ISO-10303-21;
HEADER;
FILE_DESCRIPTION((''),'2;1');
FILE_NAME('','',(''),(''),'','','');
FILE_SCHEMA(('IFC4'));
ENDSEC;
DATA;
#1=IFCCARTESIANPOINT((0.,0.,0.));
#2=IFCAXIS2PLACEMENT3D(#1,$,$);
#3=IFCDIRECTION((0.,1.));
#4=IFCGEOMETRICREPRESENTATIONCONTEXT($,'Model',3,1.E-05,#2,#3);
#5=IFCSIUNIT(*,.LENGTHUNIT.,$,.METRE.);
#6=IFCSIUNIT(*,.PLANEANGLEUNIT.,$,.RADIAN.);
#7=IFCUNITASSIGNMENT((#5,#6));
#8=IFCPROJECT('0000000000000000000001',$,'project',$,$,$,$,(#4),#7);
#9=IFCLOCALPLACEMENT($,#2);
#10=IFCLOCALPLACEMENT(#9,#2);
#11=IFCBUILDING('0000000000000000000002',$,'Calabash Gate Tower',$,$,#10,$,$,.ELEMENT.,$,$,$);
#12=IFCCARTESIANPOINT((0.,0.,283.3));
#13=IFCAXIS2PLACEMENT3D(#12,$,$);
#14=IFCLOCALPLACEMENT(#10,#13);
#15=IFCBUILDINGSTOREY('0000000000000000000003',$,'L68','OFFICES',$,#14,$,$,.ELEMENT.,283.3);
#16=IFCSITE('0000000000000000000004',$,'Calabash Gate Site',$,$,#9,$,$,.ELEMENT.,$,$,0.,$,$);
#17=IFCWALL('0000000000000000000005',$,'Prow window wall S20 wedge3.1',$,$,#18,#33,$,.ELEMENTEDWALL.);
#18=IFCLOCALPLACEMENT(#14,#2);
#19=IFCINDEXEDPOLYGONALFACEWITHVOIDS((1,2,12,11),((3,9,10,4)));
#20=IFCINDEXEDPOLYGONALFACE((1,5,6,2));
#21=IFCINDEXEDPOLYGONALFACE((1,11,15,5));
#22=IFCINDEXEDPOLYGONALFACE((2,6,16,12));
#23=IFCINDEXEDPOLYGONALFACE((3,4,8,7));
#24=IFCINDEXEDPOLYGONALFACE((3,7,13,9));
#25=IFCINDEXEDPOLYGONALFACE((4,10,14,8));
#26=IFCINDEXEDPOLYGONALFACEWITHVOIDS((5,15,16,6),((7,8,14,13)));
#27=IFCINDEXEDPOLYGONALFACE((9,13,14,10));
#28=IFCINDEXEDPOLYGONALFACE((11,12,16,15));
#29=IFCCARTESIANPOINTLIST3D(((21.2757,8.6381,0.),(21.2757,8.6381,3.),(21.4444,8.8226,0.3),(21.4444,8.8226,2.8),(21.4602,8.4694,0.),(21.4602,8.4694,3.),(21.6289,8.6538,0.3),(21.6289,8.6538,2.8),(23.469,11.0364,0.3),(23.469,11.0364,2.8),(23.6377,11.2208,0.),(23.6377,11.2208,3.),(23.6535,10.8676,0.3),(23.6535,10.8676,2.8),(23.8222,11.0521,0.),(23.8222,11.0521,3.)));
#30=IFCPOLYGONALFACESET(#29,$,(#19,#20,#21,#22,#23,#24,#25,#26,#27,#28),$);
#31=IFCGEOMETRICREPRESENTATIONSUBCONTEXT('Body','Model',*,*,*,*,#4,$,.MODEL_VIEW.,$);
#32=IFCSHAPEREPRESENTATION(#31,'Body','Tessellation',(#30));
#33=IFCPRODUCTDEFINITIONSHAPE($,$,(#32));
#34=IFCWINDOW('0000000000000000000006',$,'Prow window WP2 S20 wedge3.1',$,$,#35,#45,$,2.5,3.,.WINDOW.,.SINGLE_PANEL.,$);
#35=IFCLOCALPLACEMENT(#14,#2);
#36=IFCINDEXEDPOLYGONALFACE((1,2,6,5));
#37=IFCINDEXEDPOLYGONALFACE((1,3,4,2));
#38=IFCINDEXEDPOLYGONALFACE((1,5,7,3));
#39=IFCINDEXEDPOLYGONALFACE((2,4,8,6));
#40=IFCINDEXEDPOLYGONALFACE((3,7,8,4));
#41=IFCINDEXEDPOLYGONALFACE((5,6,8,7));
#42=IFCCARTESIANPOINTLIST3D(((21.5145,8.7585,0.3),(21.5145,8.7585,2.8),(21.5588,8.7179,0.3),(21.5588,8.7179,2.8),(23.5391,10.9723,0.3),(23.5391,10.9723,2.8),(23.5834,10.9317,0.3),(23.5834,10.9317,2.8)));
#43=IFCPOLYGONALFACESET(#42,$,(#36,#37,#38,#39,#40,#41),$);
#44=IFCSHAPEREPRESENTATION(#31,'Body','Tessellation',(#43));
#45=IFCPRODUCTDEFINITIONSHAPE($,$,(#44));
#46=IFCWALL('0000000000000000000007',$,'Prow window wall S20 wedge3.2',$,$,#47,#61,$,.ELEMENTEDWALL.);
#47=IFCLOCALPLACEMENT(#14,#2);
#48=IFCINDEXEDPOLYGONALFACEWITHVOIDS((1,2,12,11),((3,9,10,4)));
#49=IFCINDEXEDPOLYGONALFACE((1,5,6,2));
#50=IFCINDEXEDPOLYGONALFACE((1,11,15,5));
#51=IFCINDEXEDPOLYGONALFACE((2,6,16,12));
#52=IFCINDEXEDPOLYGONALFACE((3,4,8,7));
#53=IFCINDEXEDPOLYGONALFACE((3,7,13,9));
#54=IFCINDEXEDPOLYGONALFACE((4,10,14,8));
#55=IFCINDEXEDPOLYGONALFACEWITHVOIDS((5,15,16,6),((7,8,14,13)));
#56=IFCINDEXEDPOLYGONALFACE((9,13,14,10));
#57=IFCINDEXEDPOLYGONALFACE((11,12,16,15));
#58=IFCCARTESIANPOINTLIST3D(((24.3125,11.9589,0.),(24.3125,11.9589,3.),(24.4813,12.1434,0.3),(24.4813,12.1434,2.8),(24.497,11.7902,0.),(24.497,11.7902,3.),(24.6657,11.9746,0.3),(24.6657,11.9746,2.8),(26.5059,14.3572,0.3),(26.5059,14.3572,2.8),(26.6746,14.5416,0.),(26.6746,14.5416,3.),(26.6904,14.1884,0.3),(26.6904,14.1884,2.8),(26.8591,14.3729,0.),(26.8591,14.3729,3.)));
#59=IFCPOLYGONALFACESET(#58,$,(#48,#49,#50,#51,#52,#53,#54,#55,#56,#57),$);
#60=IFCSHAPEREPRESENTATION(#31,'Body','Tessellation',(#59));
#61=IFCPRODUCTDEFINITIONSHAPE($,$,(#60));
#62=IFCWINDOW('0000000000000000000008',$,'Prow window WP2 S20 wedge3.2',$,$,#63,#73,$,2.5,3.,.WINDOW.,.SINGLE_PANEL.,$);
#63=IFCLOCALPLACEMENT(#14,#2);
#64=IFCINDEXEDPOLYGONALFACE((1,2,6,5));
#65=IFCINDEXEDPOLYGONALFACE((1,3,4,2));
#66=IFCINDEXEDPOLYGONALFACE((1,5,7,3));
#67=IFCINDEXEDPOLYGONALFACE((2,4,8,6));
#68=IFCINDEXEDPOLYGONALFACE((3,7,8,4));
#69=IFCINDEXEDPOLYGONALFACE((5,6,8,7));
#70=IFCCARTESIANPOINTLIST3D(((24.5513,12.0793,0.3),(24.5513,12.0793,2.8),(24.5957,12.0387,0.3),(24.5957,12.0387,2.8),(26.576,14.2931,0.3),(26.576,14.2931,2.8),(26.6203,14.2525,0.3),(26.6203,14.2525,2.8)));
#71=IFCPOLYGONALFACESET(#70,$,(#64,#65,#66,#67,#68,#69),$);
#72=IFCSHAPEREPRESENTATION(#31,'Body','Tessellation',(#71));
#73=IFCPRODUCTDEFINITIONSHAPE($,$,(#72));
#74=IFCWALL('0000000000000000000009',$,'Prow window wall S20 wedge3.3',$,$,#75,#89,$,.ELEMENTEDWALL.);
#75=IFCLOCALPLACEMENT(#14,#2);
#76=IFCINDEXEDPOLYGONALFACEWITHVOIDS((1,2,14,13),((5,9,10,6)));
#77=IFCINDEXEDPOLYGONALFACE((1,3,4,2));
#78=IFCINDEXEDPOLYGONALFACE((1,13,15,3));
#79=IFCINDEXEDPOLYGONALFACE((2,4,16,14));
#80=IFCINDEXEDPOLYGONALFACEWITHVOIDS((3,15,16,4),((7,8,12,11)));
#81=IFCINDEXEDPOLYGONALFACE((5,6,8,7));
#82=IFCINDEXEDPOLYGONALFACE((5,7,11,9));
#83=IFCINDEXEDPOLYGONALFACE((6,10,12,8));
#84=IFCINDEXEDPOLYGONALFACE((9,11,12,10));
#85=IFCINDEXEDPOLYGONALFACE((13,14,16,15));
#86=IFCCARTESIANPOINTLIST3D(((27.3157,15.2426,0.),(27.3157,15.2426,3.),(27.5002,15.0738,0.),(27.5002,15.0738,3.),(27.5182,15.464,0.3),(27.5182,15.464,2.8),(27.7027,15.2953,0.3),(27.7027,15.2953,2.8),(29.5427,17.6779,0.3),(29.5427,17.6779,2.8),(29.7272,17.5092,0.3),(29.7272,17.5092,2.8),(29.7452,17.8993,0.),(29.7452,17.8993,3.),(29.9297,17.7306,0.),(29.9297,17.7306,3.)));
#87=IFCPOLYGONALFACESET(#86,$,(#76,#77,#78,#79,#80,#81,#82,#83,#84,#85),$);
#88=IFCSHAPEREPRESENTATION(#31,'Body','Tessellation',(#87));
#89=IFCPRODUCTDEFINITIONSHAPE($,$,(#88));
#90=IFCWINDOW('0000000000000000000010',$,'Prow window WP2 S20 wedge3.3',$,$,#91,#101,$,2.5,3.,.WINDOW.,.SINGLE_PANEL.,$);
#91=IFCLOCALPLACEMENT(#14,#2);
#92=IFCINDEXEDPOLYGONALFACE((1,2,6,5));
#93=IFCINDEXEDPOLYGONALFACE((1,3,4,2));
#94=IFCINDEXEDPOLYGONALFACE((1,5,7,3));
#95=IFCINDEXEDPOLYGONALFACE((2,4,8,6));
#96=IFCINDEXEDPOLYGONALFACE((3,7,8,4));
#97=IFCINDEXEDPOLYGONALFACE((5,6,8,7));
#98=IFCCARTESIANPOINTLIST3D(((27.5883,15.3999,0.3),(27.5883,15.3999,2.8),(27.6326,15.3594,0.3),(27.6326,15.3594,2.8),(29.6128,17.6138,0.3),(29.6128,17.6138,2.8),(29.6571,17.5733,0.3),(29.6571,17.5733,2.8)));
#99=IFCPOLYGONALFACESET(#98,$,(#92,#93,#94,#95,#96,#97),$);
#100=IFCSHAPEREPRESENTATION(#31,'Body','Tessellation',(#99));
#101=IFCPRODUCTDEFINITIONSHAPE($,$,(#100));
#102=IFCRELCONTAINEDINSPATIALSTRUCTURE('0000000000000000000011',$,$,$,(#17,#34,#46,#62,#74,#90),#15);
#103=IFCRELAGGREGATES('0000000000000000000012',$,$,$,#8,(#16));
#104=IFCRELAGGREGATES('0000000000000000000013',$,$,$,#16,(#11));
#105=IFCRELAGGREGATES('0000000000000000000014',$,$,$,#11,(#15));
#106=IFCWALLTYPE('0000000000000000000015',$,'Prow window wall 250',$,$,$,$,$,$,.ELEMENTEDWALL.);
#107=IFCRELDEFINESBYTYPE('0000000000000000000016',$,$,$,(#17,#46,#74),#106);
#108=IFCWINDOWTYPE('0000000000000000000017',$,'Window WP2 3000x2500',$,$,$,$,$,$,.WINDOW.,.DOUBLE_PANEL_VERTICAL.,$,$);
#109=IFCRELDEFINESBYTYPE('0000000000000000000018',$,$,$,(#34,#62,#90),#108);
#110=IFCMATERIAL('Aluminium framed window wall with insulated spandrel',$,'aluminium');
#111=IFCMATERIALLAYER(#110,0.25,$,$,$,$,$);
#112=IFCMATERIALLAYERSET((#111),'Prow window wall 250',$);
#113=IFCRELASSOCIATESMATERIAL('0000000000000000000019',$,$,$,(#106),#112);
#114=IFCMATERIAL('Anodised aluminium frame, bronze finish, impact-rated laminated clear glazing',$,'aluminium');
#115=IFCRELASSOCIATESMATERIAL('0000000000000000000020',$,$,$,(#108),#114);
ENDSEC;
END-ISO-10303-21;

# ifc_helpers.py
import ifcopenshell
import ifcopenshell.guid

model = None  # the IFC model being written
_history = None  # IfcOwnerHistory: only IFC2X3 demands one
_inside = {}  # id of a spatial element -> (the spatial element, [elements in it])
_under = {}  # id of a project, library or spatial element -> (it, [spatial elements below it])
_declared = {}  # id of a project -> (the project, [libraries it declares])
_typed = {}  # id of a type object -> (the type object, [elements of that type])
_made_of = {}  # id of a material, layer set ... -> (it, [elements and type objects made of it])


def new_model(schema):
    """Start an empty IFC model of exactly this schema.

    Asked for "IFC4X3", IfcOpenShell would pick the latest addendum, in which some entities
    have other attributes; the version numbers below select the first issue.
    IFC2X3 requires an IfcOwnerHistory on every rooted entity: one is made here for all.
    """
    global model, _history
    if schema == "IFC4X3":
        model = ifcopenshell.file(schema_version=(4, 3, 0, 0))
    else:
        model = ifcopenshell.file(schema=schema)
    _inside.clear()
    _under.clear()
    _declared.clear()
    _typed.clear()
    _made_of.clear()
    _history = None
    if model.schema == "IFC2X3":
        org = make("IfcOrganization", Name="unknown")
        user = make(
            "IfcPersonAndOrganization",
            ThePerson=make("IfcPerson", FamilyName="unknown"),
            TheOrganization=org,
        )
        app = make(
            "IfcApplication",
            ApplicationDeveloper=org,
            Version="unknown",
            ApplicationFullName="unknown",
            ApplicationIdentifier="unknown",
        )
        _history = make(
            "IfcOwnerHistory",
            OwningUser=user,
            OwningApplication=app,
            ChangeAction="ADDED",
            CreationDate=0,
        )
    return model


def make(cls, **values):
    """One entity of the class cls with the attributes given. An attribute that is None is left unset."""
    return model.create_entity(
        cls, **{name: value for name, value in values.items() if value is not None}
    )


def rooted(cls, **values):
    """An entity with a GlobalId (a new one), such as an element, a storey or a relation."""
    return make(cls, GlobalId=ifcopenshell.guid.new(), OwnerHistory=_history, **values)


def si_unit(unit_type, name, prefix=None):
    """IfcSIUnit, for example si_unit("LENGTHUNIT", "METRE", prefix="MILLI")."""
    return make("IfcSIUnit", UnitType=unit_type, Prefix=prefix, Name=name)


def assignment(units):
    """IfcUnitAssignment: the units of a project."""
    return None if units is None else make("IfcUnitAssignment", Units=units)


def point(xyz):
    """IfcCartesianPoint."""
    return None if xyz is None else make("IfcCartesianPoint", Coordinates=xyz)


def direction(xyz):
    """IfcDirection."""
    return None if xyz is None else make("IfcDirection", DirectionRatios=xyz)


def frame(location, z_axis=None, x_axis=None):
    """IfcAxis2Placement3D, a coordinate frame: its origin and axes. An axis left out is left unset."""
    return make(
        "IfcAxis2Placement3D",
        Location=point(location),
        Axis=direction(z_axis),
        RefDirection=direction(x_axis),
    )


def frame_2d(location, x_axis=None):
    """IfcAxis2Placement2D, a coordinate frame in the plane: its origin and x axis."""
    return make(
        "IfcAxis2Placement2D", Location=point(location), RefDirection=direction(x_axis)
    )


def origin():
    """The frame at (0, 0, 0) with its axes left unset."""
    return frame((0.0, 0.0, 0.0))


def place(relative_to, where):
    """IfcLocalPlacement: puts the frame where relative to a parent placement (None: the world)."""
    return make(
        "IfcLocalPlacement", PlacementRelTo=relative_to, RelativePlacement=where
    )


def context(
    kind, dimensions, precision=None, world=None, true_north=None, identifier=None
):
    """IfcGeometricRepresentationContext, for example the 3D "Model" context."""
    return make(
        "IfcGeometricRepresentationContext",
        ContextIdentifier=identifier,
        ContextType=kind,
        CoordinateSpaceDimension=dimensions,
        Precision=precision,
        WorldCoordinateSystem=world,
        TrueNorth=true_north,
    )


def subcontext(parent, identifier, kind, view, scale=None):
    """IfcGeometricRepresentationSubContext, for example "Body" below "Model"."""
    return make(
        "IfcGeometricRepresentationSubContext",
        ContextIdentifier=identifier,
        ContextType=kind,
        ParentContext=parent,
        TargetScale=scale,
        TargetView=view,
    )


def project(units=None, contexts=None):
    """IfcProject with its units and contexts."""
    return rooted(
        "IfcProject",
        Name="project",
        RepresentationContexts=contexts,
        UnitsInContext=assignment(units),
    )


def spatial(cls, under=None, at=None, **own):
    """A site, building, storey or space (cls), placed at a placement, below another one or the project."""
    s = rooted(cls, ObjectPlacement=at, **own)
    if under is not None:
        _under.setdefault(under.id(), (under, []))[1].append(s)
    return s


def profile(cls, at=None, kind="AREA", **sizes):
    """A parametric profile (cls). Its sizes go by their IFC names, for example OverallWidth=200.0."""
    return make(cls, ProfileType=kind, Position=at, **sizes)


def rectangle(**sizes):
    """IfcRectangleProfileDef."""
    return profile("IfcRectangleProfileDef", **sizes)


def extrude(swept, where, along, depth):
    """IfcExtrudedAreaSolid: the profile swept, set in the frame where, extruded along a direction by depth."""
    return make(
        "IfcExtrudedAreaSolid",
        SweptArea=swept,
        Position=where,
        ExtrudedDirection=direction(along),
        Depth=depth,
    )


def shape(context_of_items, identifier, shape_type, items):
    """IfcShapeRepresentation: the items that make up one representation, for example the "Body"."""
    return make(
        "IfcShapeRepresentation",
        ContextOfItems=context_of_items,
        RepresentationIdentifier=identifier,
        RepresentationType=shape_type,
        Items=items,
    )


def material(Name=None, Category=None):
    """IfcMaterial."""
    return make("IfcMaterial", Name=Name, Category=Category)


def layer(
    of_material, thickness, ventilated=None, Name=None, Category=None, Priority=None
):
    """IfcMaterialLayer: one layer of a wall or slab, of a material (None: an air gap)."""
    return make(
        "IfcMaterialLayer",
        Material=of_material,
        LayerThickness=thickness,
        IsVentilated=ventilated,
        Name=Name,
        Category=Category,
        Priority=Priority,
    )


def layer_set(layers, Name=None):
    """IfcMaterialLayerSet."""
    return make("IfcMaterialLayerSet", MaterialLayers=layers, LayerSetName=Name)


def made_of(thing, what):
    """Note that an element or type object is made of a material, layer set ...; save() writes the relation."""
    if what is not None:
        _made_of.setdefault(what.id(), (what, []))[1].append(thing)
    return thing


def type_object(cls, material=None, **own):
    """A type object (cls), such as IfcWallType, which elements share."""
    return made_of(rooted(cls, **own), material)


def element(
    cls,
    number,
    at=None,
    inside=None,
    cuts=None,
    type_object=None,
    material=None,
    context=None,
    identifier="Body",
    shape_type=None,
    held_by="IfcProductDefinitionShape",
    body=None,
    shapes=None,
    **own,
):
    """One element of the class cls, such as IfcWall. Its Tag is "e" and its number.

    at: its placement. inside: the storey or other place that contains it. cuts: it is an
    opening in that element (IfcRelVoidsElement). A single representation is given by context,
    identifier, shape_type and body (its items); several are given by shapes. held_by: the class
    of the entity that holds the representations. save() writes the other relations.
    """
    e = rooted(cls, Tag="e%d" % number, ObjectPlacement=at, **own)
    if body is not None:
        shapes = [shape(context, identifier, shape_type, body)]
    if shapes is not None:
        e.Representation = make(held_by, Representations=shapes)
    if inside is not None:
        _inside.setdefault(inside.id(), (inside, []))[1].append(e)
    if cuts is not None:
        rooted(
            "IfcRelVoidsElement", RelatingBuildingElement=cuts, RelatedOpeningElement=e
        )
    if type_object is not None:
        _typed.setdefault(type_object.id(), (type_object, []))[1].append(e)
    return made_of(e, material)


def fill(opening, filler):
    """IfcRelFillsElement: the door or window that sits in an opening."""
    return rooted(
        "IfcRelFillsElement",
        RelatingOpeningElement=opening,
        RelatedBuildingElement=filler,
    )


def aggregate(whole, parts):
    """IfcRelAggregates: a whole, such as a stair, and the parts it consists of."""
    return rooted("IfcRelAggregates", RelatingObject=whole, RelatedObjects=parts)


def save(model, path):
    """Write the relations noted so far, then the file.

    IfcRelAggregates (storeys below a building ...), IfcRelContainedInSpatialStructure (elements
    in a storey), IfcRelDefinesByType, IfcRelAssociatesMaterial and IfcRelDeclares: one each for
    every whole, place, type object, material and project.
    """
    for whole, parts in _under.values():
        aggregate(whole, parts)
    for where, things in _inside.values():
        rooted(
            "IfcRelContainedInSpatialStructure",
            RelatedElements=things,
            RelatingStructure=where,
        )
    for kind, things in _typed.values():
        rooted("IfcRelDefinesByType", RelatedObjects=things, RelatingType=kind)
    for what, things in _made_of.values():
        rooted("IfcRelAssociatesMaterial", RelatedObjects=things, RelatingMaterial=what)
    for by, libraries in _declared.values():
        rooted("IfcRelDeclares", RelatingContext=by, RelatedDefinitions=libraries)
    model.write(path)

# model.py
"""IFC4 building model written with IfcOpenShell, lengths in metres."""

from ifc_helpers import new_model, si_unit, direction, frame, frame_2d, origin, place, context, subcontext, project, spatial, rectangle, extrude, material, layer, layer_set, type_object, element, fill, save


model = new_model("IFC4")

# Units and contexts
model_context = context("Model", 3, precision=1e-05, world=origin(), true_north=direction((0.0, 1.0)))
body_context = subcontext(model_context, "Body", "Model", "MODEL_VIEW")
ifc_project = project(units=[si_unit("LENGTHUNIT", "METRE"), si_unit("PLANEANGLEUNIT", "RADIAN")], contexts=[model_context])

# Site, building, storey
site_placement = place(None, origin())
site = spatial("IfcSite", under=ifc_project, at=site_placement, Name="Calabash Gate Site", CompositionType="ELEMENT", RefElevation=0.0)
building_placement = place(site_placement, origin())
building = spatial("IfcBuilding", under=site, at=building_placement, Name="Calabash Gate Tower", CompositionType="ELEMENT")
storey_placement = place(building_placement, frame((0.0, 0.0, 283.3)))
storey = spatial("IfcBuildingStorey", under=building, at=storey_placement, Name="L68", Description="OFFICES", CompositionType="ELEMENT", Elevation=283.3)

# Walls, openings, windows
ifc_material_1 = material(Name="Aluminium framed window wall with insulated spandrel", Category="aluminium")
ifc_layer_1 = layer(ifc_material_1, 0.25)
ifc_layer_set_1 = layer_set([ifc_layer_1], Name="Prow window wall 250")
wall_type_1 = type_object("IfcWallType", Name="Prow window wall 250", PredefinedType="ELEMENTEDWALL", material=ifc_layer_set_1)
wall_1_placement = place(storey_placement, frame((21.3679, 8.5537, 0.0), z_axis=(0.0, 0.0, 1.0), x_axis=(0.674874, 0.737933, 0.0)))
wall_1 = element("IfcWall", 1, at=wall_1_placement, inside=storey, type_object=wall_type_1, Name="Prow window wall S20 wedge3.1", PredefinedType="ELEMENTEDWALL", context=body_context, shape_type="SweptSolid", body=[
    extrude(rectangle(XDim=3.5, YDim=0.25, at=frame_2d((1.75, 0.0))), origin(), (0.0, 0.0, 1.0), 3.0),
])
opening_1_placement = place(wall_1_placement, frame((0.25, 0.0, 0.3)))
opening_1 = element("IfcOpeningElement", 2, at=opening_1_placement, cuts=wall_1, PredefinedType="OPENING", context=body_context, shape_type="SweptSolid", body=[
    extrude(rectangle(XDim=3.0, YDim=2.5, at=frame_2d((1.5, 1.25))), frame((0.0, 0.135, 0.0), z_axis=(0.0, -1.0, 0.0), x_axis=(1.0, 0.0, 0.0)), (0.0, 0.0, 1.0), 0.27),
])
ifc_material_2 = material(Name="Anodised aluminium frame, bronze finish, impact-rated laminated clear glazing", Category="aluminium")
window_type = type_object("IfcWindowType", Name="Window WP2 3000x2500", PartitioningType="DOUBLE_PANEL_VERTICAL", PredefinedType="WINDOW", material=ifc_material_2)
window_1_placement = place(opening_1_placement, origin())
window_1 = element("IfcWindow", 3, at=window_1_placement, inside=storey, type_object=window_type, Name="Prow window WP2 S20 wedge3.1", OverallHeight=2.5, OverallWidth=3.0, PartitioningType="SINGLE_PANEL", PredefinedType="WINDOW", context=body_context, shape_type="SweptSolid", body=[
    extrude(rectangle(XDim=3.0, YDim=2.5, at=frame_2d((1.5, 1.25))), frame((0.0, 0.03, 0.0), z_axis=(0.0, -1.0, 0.0), x_axis=(1.0, 0.0, 0.0)), (0.0, 0.0, 1.0), 0.0601),
])
fill(opening_1, window_1)
wall_2_placement = place(storey_placement, frame((24.4048, 11.8745, 0.0), z_axis=(0.0, 0.0, 1.0), x_axis=(0.674874, 0.737933, 0.0)))
wall_2 = element("IfcWall", 4, at=wall_2_placement, inside=storey, type_object=wall_type_1, Name="Prow window wall S20 wedge3.2", PredefinedType="ELEMENTEDWALL", context=body_context, shape_type="SweptSolid", body=[
    extrude(rectangle(XDim=3.5, YDim=0.25, at=frame_2d((1.75, 0.0))), origin(), (0.0, 0.0, 1.0), 3.0),
])
opening_2_placement = place(wall_2_placement, frame((0.25, 0.0, 0.3)))
opening_2 = element("IfcOpeningElement", 5, at=opening_2_placement, cuts=wall_2, PredefinedType="OPENING", context=body_context, shape_type="SweptSolid", body=[
    extrude(rectangle(XDim=3.0, YDim=2.5, at=frame_2d((1.5, 1.25))), frame((0.0, 0.135, 0.0), z_axis=(0.0, -1.0, 0.0), x_axis=(1.0, 0.0, 0.0)), (0.0, 0.0, 1.0), 0.27),
])
window_2_placement = place(opening_2_placement, origin())
window_2 = element("IfcWindow", 6, at=window_2_placement, inside=storey, type_object=window_type, Name="Prow window WP2 S20 wedge3.2", OverallHeight=2.5, OverallWidth=3.0, PartitioningType="SINGLE_PANEL", PredefinedType="WINDOW", context=body_context, shape_type="SweptSolid", body=[
    extrude(rectangle(XDim=3.0, YDim=2.5, at=frame_2d((1.5, 1.25))), frame((0.0, 0.03, 0.0), z_axis=(0.0, -1.0, 0.0), x_axis=(1.0, 0.0, 0.0)), (0.0, 0.0, 1.0), 0.0601),
])
fill(opening_2, window_2)
wall_3_placement = place(storey_placement, frame((27.408, 15.1582, 0.0), z_axis=(0.0, 0.0, 1.0), x_axis=(0.674834, 0.73797, 0.0)))
wall_3 = element("IfcWall", 7, at=wall_3_placement, inside=storey, type_object=wall_type_1, Name="Prow window wall S20 wedge3.3", PredefinedType="ELEMENTEDWALL", context=body_context, shape_type="SweptSolid", body=[
    extrude(rectangle(XDim=3.6001, YDim=0.25, at=frame_2d((1.8, 0.0))), origin(), (0.0, 0.0, 1.0), 3.0),
])
opening_3_placement = place(wall_3_placement, frame((0.3, 0.0, 0.3)))
opening_3 = element("IfcOpeningElement", 8, at=opening_3_placement, cuts=wall_3, PredefinedType="OPENING", context=body_context, shape_type="SweptSolid", body=[
    extrude(rectangle(XDim=3.0, YDim=2.5, at=frame_2d((1.5, 1.25))), frame((0.0, 0.135, 0.0), z_axis=(0.0, -1.0, 0.0), x_axis=(1.0, 0.0, 0.0)), (0.0, 0.0, 1.0), 0.27),
])
window_3_placement = place(opening_3_placement, origin())
window_3 = element("IfcWindow", 9, at=window_3_placement, inside=storey, type_object=window_type, Name="Prow window WP2 S20 wedge3.3", OverallHeight=2.5, OverallWidth=3.0, PartitioningType="SINGLE_PANEL", PredefinedType="WINDOW", context=body_context, shape_type="SweptSolid", body=[
    extrude(rectangle(XDim=3.0, YDim=2.5, at=frame_2d((1.5, 1.25))), frame((0.0, 0.03, 0.0), z_axis=(0.0, -1.0, 0.0), x_axis=(1.0, 0.0, 0.0)), (0.0, 0.0, 1.0), 0.0601),
])
fill(opening_3, window_3)

save(model, "model.ifc")
